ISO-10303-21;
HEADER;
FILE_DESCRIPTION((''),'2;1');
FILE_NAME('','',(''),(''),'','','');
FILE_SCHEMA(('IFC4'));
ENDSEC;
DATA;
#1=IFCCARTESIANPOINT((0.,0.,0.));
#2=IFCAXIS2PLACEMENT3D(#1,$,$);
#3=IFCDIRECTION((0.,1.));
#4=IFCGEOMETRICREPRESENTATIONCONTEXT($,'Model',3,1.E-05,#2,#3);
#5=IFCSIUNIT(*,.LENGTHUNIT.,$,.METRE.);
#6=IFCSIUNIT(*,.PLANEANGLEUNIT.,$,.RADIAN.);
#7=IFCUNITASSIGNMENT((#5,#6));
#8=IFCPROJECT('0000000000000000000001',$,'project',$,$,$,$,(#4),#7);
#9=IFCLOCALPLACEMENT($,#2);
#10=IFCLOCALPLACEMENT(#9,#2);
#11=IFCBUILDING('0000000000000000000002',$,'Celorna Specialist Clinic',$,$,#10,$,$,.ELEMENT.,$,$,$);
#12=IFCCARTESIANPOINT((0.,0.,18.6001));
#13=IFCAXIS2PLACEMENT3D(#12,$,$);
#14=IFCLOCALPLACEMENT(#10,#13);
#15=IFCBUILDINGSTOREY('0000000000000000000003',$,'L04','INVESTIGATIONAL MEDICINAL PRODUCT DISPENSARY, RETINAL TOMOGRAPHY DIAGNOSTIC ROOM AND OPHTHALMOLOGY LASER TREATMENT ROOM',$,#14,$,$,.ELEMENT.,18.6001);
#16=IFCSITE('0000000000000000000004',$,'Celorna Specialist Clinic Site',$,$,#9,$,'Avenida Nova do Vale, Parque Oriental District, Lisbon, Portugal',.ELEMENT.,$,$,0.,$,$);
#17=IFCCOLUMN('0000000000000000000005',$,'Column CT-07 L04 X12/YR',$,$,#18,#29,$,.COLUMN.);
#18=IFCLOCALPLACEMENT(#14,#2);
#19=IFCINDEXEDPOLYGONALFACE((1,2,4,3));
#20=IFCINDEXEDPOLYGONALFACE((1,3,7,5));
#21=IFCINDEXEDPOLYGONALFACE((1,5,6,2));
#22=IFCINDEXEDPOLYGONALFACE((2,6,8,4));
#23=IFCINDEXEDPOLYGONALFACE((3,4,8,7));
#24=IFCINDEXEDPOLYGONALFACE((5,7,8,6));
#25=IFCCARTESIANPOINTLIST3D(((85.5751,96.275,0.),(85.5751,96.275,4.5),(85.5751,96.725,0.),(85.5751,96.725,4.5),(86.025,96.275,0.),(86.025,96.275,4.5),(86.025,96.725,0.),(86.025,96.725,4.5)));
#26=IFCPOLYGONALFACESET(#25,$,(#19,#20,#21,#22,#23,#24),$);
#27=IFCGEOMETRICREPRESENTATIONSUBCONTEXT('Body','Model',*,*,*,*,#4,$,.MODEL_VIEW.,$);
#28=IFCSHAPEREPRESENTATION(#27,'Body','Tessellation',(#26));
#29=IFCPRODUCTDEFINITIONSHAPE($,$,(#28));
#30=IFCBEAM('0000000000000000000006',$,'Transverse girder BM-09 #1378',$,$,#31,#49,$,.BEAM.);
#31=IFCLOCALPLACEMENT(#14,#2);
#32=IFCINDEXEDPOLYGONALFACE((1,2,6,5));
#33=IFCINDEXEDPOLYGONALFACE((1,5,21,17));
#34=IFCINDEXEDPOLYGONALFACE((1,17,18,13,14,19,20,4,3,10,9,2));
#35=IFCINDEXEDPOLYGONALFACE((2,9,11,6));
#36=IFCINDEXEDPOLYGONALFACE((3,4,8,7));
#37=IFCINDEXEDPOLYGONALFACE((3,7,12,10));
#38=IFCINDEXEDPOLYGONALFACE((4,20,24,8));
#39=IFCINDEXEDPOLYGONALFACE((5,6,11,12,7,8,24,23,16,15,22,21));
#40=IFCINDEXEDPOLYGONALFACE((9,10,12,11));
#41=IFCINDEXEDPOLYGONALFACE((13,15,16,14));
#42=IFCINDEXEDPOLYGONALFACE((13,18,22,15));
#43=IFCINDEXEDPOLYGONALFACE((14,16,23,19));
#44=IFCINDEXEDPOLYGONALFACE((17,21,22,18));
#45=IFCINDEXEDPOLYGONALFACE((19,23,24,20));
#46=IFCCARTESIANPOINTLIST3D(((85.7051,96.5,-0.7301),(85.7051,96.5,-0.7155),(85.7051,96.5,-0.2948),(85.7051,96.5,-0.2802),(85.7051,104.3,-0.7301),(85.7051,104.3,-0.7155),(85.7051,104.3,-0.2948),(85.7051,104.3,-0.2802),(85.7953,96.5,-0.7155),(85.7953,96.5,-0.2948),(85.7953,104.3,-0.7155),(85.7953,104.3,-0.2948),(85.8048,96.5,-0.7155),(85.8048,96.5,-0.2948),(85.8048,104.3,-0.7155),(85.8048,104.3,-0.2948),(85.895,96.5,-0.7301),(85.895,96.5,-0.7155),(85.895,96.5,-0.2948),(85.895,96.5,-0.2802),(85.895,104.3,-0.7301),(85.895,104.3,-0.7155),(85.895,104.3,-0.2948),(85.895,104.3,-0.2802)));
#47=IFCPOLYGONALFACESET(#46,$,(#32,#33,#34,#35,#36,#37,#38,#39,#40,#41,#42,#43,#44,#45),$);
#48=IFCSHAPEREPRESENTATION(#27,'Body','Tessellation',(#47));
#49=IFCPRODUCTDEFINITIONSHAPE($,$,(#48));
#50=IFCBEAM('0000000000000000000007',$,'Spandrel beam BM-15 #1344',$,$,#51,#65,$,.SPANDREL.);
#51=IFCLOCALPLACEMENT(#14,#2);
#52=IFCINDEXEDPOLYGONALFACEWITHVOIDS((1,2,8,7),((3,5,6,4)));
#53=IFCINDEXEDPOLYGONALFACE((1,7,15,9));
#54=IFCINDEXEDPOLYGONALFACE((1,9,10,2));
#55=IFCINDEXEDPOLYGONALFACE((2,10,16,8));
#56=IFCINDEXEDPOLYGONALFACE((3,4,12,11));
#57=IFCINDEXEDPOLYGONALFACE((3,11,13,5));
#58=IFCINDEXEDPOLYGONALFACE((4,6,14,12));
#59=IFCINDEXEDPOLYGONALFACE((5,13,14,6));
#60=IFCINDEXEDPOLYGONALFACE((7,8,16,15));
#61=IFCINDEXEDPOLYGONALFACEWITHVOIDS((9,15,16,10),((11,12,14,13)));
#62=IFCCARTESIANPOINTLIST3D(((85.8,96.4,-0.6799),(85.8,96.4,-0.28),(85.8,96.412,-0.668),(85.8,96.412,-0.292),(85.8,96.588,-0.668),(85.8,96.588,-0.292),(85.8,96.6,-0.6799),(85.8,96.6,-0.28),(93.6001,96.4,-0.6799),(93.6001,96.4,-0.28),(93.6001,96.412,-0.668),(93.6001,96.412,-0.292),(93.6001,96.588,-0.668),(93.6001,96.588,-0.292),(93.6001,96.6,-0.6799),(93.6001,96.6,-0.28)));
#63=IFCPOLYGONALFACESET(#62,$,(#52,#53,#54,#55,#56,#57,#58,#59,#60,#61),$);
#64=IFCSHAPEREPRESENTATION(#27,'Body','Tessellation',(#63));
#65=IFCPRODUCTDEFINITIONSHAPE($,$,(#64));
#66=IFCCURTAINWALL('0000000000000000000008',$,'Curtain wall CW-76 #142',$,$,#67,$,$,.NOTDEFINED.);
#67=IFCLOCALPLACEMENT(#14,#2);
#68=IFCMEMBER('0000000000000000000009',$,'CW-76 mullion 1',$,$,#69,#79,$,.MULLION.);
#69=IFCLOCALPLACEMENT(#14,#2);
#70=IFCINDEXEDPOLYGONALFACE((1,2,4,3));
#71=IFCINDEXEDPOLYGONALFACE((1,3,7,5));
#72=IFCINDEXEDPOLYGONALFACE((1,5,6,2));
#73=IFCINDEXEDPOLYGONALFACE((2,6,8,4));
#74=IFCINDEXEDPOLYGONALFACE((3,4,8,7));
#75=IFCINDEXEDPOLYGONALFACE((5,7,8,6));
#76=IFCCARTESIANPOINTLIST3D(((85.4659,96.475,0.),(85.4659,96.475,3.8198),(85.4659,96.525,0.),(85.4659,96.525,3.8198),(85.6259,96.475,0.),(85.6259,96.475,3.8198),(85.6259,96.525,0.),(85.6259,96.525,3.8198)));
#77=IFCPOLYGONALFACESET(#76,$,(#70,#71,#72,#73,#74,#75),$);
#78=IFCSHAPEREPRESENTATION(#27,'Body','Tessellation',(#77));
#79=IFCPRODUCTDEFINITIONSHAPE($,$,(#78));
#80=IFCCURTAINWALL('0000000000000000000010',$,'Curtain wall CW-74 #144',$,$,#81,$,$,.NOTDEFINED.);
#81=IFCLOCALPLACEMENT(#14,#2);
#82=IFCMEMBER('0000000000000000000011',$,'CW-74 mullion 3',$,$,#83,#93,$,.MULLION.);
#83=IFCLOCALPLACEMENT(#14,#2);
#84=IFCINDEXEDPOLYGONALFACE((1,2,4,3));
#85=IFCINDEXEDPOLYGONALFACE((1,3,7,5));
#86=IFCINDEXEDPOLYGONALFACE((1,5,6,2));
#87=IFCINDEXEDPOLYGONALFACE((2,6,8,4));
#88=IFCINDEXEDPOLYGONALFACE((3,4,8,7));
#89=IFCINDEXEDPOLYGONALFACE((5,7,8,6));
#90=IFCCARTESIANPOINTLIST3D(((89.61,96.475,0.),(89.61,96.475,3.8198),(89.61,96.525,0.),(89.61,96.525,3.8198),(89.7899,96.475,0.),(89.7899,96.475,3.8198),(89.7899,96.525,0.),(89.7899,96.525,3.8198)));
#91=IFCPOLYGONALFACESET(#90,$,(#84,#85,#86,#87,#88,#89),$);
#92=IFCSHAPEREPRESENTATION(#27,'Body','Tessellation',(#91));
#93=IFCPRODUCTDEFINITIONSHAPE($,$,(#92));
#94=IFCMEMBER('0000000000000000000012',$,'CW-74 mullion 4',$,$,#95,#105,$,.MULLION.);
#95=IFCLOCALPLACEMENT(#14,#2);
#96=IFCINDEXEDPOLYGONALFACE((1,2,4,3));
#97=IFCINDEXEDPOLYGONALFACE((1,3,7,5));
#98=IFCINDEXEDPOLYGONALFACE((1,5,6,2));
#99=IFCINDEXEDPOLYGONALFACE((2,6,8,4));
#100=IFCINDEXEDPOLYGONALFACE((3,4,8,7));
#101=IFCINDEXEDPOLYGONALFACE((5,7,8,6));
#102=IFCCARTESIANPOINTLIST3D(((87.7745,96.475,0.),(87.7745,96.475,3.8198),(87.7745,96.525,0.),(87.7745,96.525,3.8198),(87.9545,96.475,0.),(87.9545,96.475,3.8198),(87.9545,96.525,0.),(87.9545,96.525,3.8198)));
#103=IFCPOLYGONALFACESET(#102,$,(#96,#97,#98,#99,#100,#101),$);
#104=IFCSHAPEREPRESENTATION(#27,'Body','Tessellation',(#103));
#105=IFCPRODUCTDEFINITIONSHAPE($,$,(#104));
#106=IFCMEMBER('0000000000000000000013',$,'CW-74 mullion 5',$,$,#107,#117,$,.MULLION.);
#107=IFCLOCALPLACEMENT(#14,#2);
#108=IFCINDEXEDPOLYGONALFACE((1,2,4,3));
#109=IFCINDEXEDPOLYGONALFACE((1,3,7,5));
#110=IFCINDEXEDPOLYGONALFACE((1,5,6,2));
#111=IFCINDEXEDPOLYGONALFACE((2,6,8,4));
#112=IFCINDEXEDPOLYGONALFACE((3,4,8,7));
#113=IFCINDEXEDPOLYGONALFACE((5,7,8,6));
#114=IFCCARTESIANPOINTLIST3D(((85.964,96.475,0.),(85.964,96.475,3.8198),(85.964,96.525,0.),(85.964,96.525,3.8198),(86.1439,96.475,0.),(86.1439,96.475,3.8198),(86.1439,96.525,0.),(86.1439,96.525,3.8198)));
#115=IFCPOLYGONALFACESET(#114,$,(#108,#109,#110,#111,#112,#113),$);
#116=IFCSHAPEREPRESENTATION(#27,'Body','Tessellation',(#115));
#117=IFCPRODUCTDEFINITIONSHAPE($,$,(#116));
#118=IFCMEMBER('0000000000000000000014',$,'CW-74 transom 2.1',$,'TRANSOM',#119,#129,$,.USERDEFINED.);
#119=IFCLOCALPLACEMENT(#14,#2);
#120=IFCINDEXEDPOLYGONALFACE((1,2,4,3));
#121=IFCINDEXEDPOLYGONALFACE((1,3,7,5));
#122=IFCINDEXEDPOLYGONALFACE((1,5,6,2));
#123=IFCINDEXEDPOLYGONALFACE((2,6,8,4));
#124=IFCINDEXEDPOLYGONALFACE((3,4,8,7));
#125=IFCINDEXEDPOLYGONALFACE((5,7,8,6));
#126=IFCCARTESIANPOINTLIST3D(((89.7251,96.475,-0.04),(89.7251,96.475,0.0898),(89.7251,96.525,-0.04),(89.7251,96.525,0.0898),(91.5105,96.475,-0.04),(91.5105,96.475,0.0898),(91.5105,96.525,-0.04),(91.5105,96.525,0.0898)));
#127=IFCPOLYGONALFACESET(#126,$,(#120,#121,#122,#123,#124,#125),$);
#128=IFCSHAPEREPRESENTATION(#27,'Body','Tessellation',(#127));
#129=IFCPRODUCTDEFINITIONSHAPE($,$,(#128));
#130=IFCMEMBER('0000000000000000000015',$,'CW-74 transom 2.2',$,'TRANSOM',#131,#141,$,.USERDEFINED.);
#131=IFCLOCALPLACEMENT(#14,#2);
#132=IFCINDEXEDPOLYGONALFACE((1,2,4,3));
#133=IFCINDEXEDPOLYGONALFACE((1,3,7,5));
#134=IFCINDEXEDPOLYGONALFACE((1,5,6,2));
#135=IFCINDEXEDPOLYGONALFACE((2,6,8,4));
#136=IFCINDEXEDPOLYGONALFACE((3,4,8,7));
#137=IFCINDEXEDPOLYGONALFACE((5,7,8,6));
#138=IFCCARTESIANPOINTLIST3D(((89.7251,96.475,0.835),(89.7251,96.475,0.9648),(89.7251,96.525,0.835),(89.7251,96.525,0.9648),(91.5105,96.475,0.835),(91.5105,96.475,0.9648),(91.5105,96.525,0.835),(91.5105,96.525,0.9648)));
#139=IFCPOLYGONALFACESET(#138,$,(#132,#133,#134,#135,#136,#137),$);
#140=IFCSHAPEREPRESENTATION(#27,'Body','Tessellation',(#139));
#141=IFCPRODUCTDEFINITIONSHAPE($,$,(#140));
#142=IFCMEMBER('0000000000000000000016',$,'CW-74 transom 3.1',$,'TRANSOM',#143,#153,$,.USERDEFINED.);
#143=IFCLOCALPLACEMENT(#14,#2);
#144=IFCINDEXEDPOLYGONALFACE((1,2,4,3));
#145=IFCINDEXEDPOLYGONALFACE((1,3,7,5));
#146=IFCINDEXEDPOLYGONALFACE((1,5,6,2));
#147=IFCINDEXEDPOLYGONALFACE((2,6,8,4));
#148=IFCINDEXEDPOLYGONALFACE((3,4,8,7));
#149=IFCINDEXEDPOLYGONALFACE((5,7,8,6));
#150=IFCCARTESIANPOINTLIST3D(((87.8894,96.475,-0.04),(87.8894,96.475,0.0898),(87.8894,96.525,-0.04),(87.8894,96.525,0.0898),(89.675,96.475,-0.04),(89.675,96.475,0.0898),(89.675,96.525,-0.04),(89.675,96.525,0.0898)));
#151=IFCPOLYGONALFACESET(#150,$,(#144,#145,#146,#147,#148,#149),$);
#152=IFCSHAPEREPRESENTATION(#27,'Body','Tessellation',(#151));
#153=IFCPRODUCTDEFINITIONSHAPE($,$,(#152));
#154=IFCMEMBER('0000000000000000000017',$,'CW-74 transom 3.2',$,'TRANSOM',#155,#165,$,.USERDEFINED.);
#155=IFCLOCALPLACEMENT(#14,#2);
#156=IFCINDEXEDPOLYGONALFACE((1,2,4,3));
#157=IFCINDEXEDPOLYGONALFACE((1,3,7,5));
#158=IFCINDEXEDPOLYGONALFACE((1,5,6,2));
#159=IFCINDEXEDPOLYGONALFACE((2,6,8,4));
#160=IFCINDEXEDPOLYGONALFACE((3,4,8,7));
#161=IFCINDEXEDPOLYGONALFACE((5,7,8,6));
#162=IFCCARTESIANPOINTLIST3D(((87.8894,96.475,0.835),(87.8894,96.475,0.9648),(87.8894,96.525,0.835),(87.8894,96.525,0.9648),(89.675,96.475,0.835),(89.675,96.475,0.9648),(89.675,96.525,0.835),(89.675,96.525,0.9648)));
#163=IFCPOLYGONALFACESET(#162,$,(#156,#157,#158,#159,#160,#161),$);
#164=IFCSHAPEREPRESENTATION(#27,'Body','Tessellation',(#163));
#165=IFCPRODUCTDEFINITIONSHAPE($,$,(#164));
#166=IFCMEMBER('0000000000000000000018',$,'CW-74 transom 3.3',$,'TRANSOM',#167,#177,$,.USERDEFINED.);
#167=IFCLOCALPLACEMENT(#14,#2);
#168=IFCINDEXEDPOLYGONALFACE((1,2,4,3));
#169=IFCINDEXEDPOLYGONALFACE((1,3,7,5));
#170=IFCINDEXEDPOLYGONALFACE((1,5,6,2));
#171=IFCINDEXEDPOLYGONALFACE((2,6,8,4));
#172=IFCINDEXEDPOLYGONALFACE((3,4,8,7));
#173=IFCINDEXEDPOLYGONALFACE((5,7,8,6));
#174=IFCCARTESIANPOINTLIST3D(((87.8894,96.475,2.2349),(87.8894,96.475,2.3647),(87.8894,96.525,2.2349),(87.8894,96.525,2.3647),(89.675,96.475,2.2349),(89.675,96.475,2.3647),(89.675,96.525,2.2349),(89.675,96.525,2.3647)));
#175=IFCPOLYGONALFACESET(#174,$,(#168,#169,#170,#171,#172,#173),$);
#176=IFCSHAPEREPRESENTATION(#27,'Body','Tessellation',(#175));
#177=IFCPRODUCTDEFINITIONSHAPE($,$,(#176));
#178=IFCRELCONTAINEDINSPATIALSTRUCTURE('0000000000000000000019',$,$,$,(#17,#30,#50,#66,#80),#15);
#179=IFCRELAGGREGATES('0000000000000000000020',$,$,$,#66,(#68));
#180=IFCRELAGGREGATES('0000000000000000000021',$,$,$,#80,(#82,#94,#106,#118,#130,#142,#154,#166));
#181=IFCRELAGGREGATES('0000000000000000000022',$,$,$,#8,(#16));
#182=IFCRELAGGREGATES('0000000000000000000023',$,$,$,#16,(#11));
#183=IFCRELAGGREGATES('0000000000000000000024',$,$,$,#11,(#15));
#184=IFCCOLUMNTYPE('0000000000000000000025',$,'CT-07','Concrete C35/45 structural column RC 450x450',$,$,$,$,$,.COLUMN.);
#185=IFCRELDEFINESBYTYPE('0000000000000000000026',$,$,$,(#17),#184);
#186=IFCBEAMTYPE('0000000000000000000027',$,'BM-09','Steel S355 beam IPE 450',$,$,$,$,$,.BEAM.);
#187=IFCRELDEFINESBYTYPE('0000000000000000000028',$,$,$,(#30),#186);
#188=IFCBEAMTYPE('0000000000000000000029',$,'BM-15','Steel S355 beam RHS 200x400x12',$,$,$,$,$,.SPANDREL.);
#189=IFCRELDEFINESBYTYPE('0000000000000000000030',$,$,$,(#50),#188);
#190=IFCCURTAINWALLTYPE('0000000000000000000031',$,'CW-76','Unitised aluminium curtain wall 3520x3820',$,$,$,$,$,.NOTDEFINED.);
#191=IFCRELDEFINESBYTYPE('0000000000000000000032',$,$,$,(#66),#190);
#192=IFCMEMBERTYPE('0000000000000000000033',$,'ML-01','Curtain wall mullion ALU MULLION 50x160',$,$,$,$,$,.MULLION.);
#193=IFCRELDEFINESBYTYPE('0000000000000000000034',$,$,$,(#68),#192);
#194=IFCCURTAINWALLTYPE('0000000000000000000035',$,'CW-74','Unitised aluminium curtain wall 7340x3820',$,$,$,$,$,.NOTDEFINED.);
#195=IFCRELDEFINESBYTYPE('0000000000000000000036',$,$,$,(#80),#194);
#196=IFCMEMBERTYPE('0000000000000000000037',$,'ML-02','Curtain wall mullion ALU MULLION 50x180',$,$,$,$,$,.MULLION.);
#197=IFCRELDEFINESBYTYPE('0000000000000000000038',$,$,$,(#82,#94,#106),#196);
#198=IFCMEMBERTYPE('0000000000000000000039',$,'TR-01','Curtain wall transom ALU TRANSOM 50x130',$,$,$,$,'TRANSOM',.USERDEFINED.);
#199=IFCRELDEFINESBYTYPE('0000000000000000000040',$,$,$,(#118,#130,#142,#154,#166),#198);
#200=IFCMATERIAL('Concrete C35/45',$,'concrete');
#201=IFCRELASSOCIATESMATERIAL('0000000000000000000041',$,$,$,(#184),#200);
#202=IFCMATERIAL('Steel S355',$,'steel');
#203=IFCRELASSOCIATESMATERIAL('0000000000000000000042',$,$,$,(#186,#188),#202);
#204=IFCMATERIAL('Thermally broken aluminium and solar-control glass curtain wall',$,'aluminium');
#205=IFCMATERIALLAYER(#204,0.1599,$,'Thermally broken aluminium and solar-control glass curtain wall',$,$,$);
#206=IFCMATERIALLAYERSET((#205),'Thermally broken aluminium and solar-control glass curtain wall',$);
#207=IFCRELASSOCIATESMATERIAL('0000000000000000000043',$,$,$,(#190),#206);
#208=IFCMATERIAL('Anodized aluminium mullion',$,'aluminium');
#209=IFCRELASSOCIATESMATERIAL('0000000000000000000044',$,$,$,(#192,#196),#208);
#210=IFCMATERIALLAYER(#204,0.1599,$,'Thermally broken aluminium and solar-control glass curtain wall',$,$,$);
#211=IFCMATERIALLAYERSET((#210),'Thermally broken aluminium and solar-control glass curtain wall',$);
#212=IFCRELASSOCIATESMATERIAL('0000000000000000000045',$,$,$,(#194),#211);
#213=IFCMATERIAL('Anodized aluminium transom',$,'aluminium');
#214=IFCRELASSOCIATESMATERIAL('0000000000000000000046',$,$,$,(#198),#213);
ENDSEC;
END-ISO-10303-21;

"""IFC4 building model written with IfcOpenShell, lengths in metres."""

from ifc_helpers import new_model, si_unit, direction, frame, origin, origin_2d, place, context, subcontext, project, spatial, rectangle, hollow_rectangle, i_section, extrude, material, layer, layer_set, material_profile, profile_set, type_object, element, aggregate, save


model = new_model("IFC4")

# Units and contexts
model_context = context("Model", 3, precision=1e-05, world=origin(), true_north=direction((0.0, 1.0)))
body_context = subcontext(model_context, "Body", "Model", "MODEL_VIEW")
ifc_project = project(units=[si_unit("LENGTHUNIT", "METRE"), si_unit("PLANEANGLEUNIT", "RADIAN")], contexts=[model_context])

# Site, building, storey
site_placement = place(None, origin())
site = spatial("IfcSite", under=ifc_project, at=site_placement, Name="Celorna Specialist Clinic Site", LongName="Avenida Nova do Vale, Parque Oriental District, Lisbon, Portugal", CompositionType="ELEMENT", RefElevation=0.0)
building_placement = place(site_placement, origin())
building = spatial("IfcBuilding", under=site, at=building_placement, Name="Celorna Specialist Clinic", CompositionType="ELEMENT")
storey_placement = place(building_placement, frame((0.0, 0.0, 18.6001)))
storey = spatial("IfcBuildingStorey", under=building, at=storey_placement, Name="L04", Description="INVESTIGATIONAL MEDICINAL PRODUCT DISPENSARY, RETINAL TOMOGRAPHY DIAGNOSTIC ROOM AND OPHTHALMOLOGY LASER TREATMENT ROOM", CompositionType="ELEMENT", Elevation=18.6001)

# Column
ifc_material_1 = material(Name="Concrete C35/45", Category="concrete")
ifc_material_profile_1 = material_profile(ifc_material_1, rectangle(XDim=0.45, YDim=0.45, at=origin_2d()), Name="RC 450x450")
ifc_profile_set_1 = profile_set([ifc_material_profile_1], Name="Concrete C35/45")
column_type = type_object("IfcColumnType", Name="CT-07", Description="Concrete C35/45 structural column RC 450x450", PredefinedType="COLUMN", material=ifc_profile_set_1)
column_placement = place(storey_placement, frame((85.8, 96.5, 0.0), z_axis=(0.0, 0.0, 1.0), x_axis=(1.0, 0.0, 0.0)))
element("IfcColumn", 1, at=column_placement, inside=storey, type_object=column_type, Name="Column CT-07 L04 X12/YR", PredefinedType="COLUMN", context=body_context, shape_type="SweptSolid", body=[
    extrude(rectangle(XDim=0.45, YDim=0.45, at=origin_2d()), origin(), (0.0, 0.0, 1.0), 4.5),
])

# Beams
ifc_material_2 = material(Name="Steel S355", Category="steel")
ifc_material_profile_2 = material_profile(ifc_material_2, i_section(OverallWidth=0.1899, OverallDepth=0.45, WebThickness=0.0095, FlangeThickness=0.0146, at=origin_2d()), Name="IPE 450")
ifc_profile_set_2 = profile_set([ifc_material_profile_2], Name="Steel S355")
beam_type_1 = type_object("IfcBeamType", Name="BM-09", Description="Steel S355 beam IPE 450", PredefinedType="BEAM", material=ifc_profile_set_2)
beam_1_placement = place(storey_placement, frame((85.8, 96.5, -0.5051), z_axis=(0.0, 1.0, 0.0), x_axis=(-1.0, 0.0, 0.0)))
element("IfcBeam", 2, at=beam_1_placement, inside=storey, type_object=beam_type_1, Name="Transverse girder BM-09 #1378", PredefinedType="BEAM", context=body_context, shape_type="SweptSolid", body=[
    extrude(i_section(OverallWidth=0.1899, OverallDepth=0.45, WebThickness=0.0095, FlangeThickness=0.0146, at=origin_2d()), origin(), (0.0, 0.0, 1.0), 7.8),
])
ifc_material_profile_3 = material_profile(ifc_material_2, hollow_rectangle(XDim=0.2, YDim=0.3999, WallThickness=0.012, at=origin_2d()), Name="RHS 200x400x12")
ifc_profile_set_3 = profile_set([ifc_material_profile_3], Name="Steel S355")
beam_type_2 = type_object("IfcBeamType", Name="BM-15", Description="Steel S355 beam RHS 200x400x12", PredefinedType="SPANDREL", material=ifc_profile_set_3)
beam_2_placement = place(storey_placement, frame((85.8, 96.5, -0.48), z_axis=(1.0, 0.0, 0.0), x_axis=(0.0, 1.0, 0.0)))
element("IfcBeam", 3, at=beam_2_placement, inside=storey, type_object=beam_type_2, Name="Spandrel beam BM-15 #1344", PredefinedType="SPANDREL", context=body_context, shape_type="SweptSolid", body=[
    extrude(hollow_rectangle(XDim=0.2, YDim=0.3999, WallThickness=0.012, at=origin_2d()), origin(), (0.0, 0.0, 1.0), 7.8),
])

# Curtain wall, member
ifc_material_3 = material(Name="Thermally broken aluminium and solar-control glass curtain wall", Category="aluminium")
ifc_layer_1 = layer(ifc_material_3, 0.1599, Name="Thermally broken aluminium and solar-control glass curtain wall")
ifc_layer_set_1 = layer_set([ifc_layer_1], Name="Thermally broken aluminium and solar-control glass curtain wall")
curtain_wall_type_1 = type_object("IfcCurtainWallType", Name="CW-76", Description="Unitised aluminium curtain wall 3520x3820", PredefinedType="NOTDEFINED", material=ifc_layer_set_1)
curtain_wall_1_placement = place(storey_placement, origin())
curtain_wall_1 = element("IfcCurtainWall", 4, at=curtain_wall_1_placement, inside=storey, type_object=curtain_wall_type_1, Name="Curtain wall CW-76 #142", PredefinedType="NOTDEFINED")
ifc_material_4 = material(Name="Anodized aluminium mullion", Category="aluminium")
ifc_material_profile_4 = material_profile(ifc_material_4, rectangle(XDim=0.05, YDim=0.1599, at=origin_2d()), Name="ALU MULLION 50x160")
ifc_profile_set_4 = profile_set([ifc_material_profile_4], Name="Anodized aluminium mullion")
member_type_1 = type_object("IfcMemberType", Name="ML-01", Description="Curtain wall mullion ALU MULLION 50x160", PredefinedType="MULLION", material=ifc_profile_set_4)
member_1_placement = place(storey_placement, frame((85.5459, 96.5, 0.0), z_axis=(0.0, 0.0, 1.0), x_axis=(0.0, -1.0, 0.0)))
member_1 = element("IfcMember", 5, at=member_1_placement, type_object=member_type_1, Name="CW-76 mullion 1", PredefinedType="MULLION", context=body_context, shape_type="SweptSolid", body=[
    extrude(rectangle(XDim=0.05, YDim=0.1599, at=origin_2d()), origin(), (0.0, 0.0, 1.0), 3.8198),
])

# Curtain wall, members
ifc_layer_2 = layer(ifc_material_3, 0.1599, Name="Thermally broken aluminium and solar-control glass curtain wall")
ifc_layer_set_2 = layer_set([ifc_layer_2], Name="Thermally broken aluminium and solar-control glass curtain wall")
curtain_wall_type_2 = type_object("IfcCurtainWallType", Name="CW-74", Description="Unitised aluminium curtain wall 7340x3820", PredefinedType="NOTDEFINED", material=ifc_layer_set_2)
curtain_wall_2_placement = place(storey_placement, origin())
curtain_wall_2 = element("IfcCurtainWall", 6, at=curtain_wall_2_placement, inside=storey, type_object=curtain_wall_type_2, Name="Curtain wall CW-74 #144", PredefinedType="NOTDEFINED")
ifc_material_profile_5 = material_profile(ifc_material_4, rectangle(XDim=0.05, YDim=0.1799, at=origin_2d()), Name="ALU MULLION 50x180")
ifc_profile_set_5 = profile_set([ifc_material_profile_5], Name="Anodized aluminium mullion")
member_type_2 = type_object("IfcMemberType", Name="ML-02", Description="Curtain wall mullion ALU MULLION 50x180", PredefinedType="MULLION", material=ifc_profile_set_5)
member_2_placement = place(storey_placement, frame((89.7, 96.5, 0.0), z_axis=(0.0, 0.0, 1.0), x_axis=(0.0, -1.0, 0.0)))
member_2 = element("IfcMember", 7, at=member_2_placement, type_object=member_type_2, Name="CW-74 mullion 3", PredefinedType="MULLION", context=body_context, shape_type="SweptSolid", body=[
    extrude(rectangle(XDim=0.05, YDim=0.1799, at=origin_2d()), origin(), (0.0, 0.0, 1.0), 3.8198),
])
member_3_placement = place(storey_placement, frame((87.8645, 96.5, 0.0), z_axis=(0.0, 0.0, 1.0), x_axis=(0.0, -1.0, 0.0)))
member_3 = element("IfcMember", 8, at=member_3_placement, type_object=member_type_2, Name="CW-74 mullion 4", PredefinedType="MULLION", context=body_context, shape_type="SweptSolid", body=[
    extrude(rectangle(XDim=0.05, YDim=0.1799, at=origin_2d()), origin(), (0.0, 0.0, 1.0), 3.8198),
])
member_4_placement = place(storey_placement, frame((86.054, 96.5, 0.0), z_axis=(0.0, 0.0, 1.0), x_axis=(0.0, -1.0, 0.0)))
member_4 = element("IfcMember", 9, at=member_4_placement, type_object=member_type_2, Name="CW-74 mullion 5", PredefinedType="MULLION", context=body_context, shape_type="SweptSolid", body=[
    extrude(rectangle(XDim=0.05, YDim=0.1799, at=origin_2d()), origin(), (0.0, 0.0, 1.0), 3.8198),
])
ifc_material_5 = material(Name="Anodized aluminium transom", Category="aluminium")
ifc_material_profile_6 = material_profile(ifc_material_5, rectangle(XDim=0.05, YDim=0.1299, at=origin_2d()), Name="ALU TRANSOM 50x130")
ifc_profile_set_6 = profile_set([ifc_material_profile_6], Name="Anodized aluminium transom")
member_type_3 = type_object("IfcMemberType", Name="TR-01", Description="Curtain wall transom ALU TRANSOM 50x130", ElementType="TRANSOM", PredefinedType="USERDEFINED", material=ifc_profile_set_6)
member_5_placement = place(storey_placement, frame((91.5105, 96.5, 0.0249), z_axis=(-1.0, 0.0, 0.0), x_axis=(0.0, -1.0, 0.0)))
member_5 = element("IfcMember", 10, at=member_5_placement, type_object=member_type_3, Name="CW-74 transom 2.1", ObjectType="TRANSOM", PredefinedType="USERDEFINED", context=body_context, shape_type="SweptSolid", body=[
    extrude(rectangle(XDim=0.05, YDim=0.1299, at=origin_2d()), origin(), (0.0, 0.0, 1.0), 1.7854),
])
member_6_placement = place(storey_placement, frame((91.5105, 96.5, 0.8999), z_axis=(-1.0, 0.0, 0.0), x_axis=(0.0, -1.0, 0.0)))
member_6 = element("IfcMember", 11, at=member_6_placement, type_object=member_type_3, Name="CW-74 transom 2.2", ObjectType="TRANSOM", PredefinedType="USERDEFINED", context=body_context, shape_type="SweptSolid", body=[
    extrude(rectangle(XDim=0.05, YDim=0.1299, at=origin_2d()), origin(), (0.0, 0.0, 1.0), 1.7854),
])
member_7_placement = place(storey_placement, frame((89.675, 96.5, 0.0249), z_axis=(-1.0, 0.0, 0.0), x_axis=(0.0, -1.0, 0.0)))
member_7 = element("IfcMember", 12, at=member_7_placement, type_object=member_type_3, Name="CW-74 transom 3.1", ObjectType="TRANSOM", PredefinedType="USERDEFINED", context=body_context, shape_type="SweptSolid", body=[
    extrude(rectangle(XDim=0.05, YDim=0.1299, at=origin_2d()), origin(), (0.0, 0.0, 1.0), 1.7856),
])
member_8_placement = place(storey_placement, frame((89.675, 96.5, 0.8999), z_axis=(-1.0, 0.0, 0.0), x_axis=(0.0, -1.0, 0.0)))
member_8 = element("IfcMember", 13, at=member_8_placement, type_object=member_type_3, Name="CW-74 transom 3.2", ObjectType="TRANSOM", PredefinedType="USERDEFINED", context=body_context, shape_type="SweptSolid", body=[
    extrude(rectangle(XDim=0.05, YDim=0.1299, at=origin_2d()), origin(), (0.0, 0.0, 1.0), 1.7856),
])
member_9_placement = place(storey_placement, frame((89.675, 96.5, 2.2998), z_axis=(-1.0, 0.0, 0.0), x_axis=(0.0, -1.0, 0.0)))
member_9 = element("IfcMember", 14, at=member_9_placement, type_object=member_type_3, Name="CW-74 transom 3.3", ObjectType="TRANSOM", PredefinedType="USERDEFINED", context=body_context, shape_type="SweptSolid", body=[
    extrude(rectangle(XDim=0.05, YDim=0.1299, at=origin_2d()), origin(), (0.0, 0.0, 1.0), 1.7856),
])

aggregate(curtain_wall_1, [member_1])

aggregate(curtain_wall_2, [member_2, member_3, member_4, member_5, member_6, member_7, member_8, member_9])

save(model, "model.ifc")
